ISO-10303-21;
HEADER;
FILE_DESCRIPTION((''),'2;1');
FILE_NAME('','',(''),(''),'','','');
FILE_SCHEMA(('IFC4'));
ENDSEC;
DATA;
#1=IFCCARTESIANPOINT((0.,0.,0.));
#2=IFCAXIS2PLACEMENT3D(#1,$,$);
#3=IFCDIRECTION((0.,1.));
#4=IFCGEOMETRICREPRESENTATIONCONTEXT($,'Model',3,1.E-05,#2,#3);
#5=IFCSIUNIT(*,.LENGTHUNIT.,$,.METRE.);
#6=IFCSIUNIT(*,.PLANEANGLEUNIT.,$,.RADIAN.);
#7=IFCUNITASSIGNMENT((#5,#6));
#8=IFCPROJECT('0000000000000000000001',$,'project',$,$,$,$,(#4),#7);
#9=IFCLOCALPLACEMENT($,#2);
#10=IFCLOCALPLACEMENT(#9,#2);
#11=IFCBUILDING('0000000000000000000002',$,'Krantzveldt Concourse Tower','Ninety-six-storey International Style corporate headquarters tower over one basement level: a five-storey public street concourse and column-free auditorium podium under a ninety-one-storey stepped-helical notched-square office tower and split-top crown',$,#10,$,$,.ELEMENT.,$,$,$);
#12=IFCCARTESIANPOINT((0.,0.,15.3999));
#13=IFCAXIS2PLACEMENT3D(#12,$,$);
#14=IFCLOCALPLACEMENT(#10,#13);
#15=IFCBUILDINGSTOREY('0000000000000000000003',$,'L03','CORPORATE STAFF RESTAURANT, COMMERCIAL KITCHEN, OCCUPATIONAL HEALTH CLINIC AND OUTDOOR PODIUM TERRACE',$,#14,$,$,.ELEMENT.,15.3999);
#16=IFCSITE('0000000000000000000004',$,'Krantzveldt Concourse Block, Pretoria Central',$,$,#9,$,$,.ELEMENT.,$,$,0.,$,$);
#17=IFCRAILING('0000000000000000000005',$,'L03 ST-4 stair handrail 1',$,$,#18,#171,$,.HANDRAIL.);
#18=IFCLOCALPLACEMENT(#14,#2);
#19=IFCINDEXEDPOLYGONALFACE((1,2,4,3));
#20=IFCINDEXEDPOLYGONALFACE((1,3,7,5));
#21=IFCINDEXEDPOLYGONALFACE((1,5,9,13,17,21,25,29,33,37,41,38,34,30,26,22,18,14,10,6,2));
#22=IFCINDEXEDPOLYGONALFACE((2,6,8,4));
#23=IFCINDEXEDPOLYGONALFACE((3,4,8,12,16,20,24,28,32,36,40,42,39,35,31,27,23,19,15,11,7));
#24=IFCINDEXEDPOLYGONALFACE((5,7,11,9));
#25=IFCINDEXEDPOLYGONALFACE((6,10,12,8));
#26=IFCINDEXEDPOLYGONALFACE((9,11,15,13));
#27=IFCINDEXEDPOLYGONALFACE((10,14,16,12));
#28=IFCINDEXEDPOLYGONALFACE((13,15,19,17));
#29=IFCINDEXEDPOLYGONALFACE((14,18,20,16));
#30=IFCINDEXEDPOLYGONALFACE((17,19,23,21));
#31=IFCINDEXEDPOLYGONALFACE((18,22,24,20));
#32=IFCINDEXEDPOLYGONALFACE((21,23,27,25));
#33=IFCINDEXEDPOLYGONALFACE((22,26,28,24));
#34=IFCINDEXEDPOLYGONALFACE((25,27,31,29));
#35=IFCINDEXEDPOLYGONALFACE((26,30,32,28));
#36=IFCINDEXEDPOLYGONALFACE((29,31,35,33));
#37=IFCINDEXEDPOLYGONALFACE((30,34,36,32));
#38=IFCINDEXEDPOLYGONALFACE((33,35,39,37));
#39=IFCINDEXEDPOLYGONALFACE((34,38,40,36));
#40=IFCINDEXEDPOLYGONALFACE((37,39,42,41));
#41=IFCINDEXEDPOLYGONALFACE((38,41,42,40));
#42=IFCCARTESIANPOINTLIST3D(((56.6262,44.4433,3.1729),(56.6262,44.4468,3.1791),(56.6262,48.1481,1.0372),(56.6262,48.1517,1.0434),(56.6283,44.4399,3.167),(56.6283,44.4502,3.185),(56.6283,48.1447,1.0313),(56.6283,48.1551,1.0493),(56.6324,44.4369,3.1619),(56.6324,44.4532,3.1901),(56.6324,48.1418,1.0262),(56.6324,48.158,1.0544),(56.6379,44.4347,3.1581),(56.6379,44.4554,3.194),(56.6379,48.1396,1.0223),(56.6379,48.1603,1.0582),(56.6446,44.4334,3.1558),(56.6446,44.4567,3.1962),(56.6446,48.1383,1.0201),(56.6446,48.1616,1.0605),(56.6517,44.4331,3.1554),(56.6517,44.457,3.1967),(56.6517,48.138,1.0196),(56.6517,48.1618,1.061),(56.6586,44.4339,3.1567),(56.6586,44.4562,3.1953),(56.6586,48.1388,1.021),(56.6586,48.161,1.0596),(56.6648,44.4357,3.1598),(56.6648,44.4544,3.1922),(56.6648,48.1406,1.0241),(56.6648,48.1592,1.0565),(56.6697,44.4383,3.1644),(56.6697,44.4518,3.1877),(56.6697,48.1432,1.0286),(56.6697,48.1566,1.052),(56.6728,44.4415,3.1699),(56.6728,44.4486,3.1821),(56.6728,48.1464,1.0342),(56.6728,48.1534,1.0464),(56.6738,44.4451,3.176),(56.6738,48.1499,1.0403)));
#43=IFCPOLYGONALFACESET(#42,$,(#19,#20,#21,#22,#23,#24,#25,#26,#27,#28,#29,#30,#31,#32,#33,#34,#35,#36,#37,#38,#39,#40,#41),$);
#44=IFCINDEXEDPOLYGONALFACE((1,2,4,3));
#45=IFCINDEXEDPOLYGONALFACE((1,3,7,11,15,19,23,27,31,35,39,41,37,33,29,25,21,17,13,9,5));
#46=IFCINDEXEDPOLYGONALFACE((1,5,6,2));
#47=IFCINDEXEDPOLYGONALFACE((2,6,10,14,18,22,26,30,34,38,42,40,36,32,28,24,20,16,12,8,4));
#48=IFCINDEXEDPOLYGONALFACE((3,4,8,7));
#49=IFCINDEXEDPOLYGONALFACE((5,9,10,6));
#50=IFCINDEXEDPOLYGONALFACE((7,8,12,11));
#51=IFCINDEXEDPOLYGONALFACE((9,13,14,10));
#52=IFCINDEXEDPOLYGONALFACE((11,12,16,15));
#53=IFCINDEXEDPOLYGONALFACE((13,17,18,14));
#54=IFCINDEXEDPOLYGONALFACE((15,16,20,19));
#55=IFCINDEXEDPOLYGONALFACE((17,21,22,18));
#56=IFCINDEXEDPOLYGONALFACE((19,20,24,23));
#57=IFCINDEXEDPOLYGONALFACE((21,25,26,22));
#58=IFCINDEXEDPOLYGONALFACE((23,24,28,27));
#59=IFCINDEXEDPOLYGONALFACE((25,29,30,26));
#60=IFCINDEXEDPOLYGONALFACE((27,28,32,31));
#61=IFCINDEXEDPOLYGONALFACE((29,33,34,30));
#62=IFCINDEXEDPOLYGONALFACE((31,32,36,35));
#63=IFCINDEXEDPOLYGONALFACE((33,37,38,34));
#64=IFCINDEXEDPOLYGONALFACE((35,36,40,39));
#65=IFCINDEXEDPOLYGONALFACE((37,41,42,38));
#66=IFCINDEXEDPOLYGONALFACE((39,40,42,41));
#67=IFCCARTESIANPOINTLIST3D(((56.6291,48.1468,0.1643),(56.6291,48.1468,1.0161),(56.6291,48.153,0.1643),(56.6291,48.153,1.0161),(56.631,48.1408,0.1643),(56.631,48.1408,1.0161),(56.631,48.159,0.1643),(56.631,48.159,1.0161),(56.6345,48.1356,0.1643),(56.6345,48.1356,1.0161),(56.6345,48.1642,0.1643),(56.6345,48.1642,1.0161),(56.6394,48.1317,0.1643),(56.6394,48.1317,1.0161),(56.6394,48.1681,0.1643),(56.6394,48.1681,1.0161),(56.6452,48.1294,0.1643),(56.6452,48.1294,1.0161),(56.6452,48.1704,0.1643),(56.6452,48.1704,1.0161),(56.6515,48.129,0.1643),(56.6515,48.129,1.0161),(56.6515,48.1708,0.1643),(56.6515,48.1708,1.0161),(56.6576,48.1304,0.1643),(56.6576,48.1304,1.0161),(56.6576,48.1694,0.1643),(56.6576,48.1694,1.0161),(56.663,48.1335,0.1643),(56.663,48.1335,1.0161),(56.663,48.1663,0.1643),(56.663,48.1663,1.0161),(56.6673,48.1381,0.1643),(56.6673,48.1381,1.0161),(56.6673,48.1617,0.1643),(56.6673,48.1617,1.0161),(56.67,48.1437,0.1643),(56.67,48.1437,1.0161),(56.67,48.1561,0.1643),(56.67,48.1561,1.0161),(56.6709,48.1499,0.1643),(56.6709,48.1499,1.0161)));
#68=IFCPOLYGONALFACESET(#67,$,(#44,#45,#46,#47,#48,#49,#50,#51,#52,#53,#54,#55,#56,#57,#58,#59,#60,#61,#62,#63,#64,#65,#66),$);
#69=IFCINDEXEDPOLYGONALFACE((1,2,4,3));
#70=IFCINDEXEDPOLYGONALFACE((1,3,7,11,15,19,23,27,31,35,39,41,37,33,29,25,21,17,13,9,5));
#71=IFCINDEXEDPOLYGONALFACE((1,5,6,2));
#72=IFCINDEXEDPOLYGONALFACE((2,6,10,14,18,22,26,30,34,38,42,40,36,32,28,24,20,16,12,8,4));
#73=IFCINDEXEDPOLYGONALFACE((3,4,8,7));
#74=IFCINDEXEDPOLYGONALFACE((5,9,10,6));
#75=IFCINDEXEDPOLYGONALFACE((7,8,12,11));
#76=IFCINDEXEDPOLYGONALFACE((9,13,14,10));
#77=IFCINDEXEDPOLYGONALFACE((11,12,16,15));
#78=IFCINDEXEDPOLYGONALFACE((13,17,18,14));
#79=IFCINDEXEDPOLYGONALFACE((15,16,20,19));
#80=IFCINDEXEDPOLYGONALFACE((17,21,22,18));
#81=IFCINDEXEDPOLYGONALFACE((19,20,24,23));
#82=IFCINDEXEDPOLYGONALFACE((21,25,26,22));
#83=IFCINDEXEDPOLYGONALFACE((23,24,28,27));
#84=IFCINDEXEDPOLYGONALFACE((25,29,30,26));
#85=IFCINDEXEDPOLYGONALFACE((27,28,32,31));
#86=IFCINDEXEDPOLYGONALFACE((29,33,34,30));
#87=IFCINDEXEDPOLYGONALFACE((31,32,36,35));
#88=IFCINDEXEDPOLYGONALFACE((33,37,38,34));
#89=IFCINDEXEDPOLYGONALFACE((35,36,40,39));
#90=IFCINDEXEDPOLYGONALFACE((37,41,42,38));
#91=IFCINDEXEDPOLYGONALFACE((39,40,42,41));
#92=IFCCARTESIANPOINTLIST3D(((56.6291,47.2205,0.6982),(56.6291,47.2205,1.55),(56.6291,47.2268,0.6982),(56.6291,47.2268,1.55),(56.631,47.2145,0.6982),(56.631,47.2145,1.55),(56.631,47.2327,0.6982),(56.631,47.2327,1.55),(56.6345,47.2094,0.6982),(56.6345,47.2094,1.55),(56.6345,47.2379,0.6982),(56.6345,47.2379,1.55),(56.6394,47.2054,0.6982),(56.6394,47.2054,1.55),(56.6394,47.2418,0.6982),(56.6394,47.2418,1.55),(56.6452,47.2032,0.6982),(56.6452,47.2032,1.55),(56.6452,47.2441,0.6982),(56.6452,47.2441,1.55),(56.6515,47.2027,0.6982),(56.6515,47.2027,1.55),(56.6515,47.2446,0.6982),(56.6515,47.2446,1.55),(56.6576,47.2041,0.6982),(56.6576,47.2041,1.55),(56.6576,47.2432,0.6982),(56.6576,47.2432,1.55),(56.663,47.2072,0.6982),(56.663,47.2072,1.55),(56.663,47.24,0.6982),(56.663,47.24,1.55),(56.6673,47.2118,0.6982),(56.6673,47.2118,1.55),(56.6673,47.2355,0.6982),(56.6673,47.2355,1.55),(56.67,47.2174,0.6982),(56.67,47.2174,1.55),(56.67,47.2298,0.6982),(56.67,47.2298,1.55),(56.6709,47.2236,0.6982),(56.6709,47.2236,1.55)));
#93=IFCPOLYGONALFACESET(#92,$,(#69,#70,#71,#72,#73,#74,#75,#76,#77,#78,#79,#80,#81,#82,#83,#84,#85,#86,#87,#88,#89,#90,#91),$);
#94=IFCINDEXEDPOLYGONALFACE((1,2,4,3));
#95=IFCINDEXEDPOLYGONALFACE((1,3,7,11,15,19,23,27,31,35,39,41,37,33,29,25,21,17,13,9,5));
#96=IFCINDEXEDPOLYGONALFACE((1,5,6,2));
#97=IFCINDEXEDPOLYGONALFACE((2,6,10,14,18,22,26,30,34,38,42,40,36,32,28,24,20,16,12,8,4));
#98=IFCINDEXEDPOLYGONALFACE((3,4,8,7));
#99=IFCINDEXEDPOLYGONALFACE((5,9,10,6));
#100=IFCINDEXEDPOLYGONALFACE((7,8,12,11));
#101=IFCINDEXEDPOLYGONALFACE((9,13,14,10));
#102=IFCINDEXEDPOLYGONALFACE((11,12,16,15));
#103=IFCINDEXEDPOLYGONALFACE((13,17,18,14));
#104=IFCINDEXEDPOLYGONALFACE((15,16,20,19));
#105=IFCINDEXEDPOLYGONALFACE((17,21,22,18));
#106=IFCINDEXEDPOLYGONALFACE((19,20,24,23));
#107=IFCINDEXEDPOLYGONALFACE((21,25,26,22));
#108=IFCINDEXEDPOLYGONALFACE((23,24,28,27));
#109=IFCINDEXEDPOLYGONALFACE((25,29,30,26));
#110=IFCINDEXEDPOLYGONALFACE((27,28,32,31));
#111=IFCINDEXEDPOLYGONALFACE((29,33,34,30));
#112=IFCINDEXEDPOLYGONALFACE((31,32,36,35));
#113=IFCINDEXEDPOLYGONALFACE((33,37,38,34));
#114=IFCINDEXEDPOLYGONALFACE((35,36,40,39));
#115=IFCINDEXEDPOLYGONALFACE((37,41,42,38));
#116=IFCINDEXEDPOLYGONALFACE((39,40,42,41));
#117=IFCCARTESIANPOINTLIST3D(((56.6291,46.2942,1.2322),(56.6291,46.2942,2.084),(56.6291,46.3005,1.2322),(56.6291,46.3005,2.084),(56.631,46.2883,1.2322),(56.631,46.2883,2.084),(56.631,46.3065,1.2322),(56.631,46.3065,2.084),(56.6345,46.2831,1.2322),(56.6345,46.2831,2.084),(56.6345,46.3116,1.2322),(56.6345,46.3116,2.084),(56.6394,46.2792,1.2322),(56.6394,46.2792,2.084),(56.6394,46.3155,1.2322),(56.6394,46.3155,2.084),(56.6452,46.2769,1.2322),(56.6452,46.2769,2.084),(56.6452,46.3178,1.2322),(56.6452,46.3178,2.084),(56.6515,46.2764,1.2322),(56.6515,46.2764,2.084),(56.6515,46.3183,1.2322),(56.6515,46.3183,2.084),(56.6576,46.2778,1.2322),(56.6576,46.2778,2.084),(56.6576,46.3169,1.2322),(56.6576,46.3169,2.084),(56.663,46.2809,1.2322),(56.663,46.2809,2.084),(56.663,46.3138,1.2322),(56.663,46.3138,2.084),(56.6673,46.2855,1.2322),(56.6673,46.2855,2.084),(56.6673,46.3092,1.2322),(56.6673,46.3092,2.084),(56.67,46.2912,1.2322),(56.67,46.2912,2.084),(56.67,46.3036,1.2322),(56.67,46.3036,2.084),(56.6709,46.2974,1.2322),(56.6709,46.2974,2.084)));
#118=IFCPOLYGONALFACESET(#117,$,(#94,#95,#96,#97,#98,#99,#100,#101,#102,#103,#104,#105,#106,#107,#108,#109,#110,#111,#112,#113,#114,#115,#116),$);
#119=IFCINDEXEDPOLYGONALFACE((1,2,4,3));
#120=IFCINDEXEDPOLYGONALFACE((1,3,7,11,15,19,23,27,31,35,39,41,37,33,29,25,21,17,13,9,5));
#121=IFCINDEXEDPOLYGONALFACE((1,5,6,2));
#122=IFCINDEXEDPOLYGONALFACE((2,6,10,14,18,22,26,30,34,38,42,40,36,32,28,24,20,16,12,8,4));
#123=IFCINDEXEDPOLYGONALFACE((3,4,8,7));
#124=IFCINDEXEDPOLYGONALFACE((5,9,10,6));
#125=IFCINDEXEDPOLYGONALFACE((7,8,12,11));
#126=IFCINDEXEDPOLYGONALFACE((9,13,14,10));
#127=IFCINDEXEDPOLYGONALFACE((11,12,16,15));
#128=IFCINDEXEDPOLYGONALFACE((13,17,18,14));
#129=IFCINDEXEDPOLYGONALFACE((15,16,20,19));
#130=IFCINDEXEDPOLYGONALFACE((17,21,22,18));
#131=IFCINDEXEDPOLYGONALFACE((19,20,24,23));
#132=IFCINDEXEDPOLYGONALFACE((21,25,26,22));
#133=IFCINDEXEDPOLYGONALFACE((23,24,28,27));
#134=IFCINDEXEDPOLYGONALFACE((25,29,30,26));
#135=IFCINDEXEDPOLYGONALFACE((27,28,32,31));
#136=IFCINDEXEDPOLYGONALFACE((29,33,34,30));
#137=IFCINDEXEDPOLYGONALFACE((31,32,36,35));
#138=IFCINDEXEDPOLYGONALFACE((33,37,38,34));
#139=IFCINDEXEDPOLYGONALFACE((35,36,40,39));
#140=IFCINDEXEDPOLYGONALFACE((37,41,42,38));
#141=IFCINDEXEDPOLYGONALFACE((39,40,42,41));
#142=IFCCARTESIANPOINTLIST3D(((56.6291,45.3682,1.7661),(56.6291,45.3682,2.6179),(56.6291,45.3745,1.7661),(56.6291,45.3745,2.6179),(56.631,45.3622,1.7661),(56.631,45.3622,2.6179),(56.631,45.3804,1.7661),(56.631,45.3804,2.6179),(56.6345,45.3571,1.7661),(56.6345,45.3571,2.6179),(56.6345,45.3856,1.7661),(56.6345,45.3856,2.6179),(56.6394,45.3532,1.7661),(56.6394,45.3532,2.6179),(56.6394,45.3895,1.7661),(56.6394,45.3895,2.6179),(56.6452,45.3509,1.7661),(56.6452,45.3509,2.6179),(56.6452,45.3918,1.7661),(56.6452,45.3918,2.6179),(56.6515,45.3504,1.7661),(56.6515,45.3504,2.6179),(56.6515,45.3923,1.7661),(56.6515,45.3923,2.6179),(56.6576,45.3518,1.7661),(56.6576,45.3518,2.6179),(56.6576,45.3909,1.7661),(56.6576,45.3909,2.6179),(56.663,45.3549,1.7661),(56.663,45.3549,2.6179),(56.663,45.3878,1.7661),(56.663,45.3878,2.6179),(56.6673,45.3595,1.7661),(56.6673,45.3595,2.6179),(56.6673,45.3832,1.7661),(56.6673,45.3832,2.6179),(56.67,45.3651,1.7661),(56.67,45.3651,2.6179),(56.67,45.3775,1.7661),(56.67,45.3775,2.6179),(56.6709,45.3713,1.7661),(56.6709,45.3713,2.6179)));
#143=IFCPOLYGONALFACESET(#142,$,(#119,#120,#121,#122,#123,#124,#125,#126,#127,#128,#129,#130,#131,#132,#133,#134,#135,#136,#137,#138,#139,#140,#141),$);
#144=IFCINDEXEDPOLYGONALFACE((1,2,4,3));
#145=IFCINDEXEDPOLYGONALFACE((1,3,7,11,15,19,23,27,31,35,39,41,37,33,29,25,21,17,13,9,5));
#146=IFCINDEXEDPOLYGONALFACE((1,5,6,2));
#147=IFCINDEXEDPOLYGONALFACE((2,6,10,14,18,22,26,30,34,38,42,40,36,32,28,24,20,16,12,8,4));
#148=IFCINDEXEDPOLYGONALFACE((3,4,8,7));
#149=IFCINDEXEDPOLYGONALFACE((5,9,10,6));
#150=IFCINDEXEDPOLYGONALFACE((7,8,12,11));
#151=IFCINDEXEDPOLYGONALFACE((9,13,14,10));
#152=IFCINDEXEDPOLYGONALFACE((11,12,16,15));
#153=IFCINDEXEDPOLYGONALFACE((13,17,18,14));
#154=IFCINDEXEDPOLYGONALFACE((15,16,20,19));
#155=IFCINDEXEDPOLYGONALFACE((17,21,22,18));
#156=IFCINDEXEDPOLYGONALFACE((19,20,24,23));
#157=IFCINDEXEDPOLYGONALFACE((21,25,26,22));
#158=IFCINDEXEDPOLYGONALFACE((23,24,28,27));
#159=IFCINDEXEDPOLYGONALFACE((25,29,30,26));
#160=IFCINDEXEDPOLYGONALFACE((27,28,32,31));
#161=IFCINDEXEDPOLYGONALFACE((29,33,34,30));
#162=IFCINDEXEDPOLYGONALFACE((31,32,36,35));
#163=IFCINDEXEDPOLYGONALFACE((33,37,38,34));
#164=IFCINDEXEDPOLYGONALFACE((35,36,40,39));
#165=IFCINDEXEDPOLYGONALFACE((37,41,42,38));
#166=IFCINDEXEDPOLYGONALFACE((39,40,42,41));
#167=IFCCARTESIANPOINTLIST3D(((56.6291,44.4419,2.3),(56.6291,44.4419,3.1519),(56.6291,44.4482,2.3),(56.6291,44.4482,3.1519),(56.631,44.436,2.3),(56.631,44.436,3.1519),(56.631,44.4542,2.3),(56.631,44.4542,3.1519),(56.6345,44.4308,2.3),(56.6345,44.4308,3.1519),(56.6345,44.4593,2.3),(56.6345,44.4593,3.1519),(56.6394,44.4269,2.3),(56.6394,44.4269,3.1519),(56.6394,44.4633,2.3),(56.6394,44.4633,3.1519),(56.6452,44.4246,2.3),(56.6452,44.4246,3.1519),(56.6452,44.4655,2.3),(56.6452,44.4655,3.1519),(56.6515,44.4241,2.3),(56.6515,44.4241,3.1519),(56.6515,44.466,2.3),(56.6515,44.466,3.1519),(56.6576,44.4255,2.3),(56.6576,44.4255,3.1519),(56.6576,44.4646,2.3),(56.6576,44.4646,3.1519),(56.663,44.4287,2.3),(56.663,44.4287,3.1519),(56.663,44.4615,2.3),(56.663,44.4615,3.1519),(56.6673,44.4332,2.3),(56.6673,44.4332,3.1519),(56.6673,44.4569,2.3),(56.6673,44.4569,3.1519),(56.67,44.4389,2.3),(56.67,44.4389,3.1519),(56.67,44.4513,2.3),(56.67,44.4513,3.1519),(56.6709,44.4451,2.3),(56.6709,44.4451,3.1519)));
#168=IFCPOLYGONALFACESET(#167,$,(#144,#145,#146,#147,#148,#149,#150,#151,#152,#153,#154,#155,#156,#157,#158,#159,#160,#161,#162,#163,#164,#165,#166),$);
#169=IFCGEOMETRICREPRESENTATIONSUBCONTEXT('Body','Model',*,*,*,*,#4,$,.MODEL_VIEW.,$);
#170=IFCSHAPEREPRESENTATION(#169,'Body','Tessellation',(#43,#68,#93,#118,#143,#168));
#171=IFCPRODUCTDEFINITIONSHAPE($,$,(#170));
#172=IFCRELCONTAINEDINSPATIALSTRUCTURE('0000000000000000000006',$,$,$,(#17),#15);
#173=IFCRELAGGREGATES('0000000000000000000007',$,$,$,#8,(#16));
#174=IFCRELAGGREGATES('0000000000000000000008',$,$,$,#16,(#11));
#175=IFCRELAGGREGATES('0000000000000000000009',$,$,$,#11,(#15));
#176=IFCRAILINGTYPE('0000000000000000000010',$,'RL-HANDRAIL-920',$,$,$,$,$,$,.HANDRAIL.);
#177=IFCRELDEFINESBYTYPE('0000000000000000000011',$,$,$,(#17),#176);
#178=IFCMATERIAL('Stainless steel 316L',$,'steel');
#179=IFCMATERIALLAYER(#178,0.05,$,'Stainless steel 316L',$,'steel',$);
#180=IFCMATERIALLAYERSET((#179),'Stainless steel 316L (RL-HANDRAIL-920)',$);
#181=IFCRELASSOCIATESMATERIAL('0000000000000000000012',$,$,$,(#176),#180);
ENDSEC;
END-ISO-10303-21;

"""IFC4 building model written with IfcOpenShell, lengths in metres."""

from ifc_helpers import new_model, si_unit, direction, frame, origin, origin_2d, place, context, subcontext, project, spatial, circle, extrude, material, layer, layer_set, type_object, element, save


model = new_model("IFC4")

# Units and contexts
model_context = context("Model", 3, precision=1e-05, world=origin(), true_north=direction((0.0, 1.0)))
body_context = subcontext(model_context, "Body", "Model", "MODEL_VIEW")
ifc_project = project(units=[si_unit("LENGTHUNIT", "METRE"), si_unit("PLANEANGLEUNIT", "RADIAN")], contexts=[model_context])

# Site, building, storey
site_placement = place(None, origin())
site = spatial("IfcSite", under=ifc_project, at=site_placement, Name="Krantzveldt Concourse Block, Pretoria Central", CompositionType="ELEMENT", RefElevation=0.0)
building_placement = place(site_placement, origin())
building = spatial("IfcBuilding", under=site, at=building_placement, Name="Krantzveldt Concourse Tower", Description="Ninety-six-storey International Style corporate headquarters tower over one basement level: a five-storey public street concourse and column-free auditorium podium under a ninety-one-storey stepped-helical notched-square office tower and split-top crown", CompositionType="ELEMENT")
storey_placement = place(building_placement, frame((0.0, 0.0, 15.3999)))
storey = spatial("IfcBuildingStorey", under=building, at=storey_placement, Name="L03", Description="CORPORATE STAFF RESTAURANT, COMMERCIAL KITCHEN, OCCUPATIONAL HEALTH CLINIC AND OUTDOOR PODIUM TERRACE", CompositionType="ELEMENT", Elevation=15.3999)

# Railing
ifc_material_1 = material(Name="Stainless steel 316L", Category="steel")
ifc_layer_1 = layer(ifc_material_1, 0.05, Name="Stainless steel 316L", Category="steel")
ifc_layer_set_1 = layer_set([ifc_layer_1], Name="Stainless steel 316L (RL-HANDRAIL-920)")
railing_type_1 = type_object("IfcRailingType", Name="RL-HANDRAIL-920", PredefinedType="HANDRAIL", material=ifc_layer_set_1)
railing_1_placement = place(storey_placement, frame((56.6499, 48.1499, 0.1643)))
element("IfcRailing", 1, at=railing_1_placement, inside=storey, type_object=railing_type_1, Name="L03 ST-4 stair handrail 1", PredefinedType="HANDRAIL", context=body_context, shape_type="SweptSolid", body=[
    extrude(circle(Radius=0.0239, at=origin_2d()), frame((0.0, 0.0, 0.876), z_axis=(0.0, -0.866354, 0.499431), x_axis=(1.0, 0.0, 0.0)), (0.0, 0.0, 1.0), 4.2764),
    extrude(circle(Radius=0.021, at=origin_2d()), origin(), (0.0, 0.0, 1.0), 0.8518),
    extrude(circle(Radius=0.021, at=origin_2d()), frame((0.0, -0.9263, 0.5339)), (0.0, 0.0, 1.0), 0.8518),
    extrude(circle(Radius=0.021, at=origin_2d()), frame((0.0, -1.8525, 1.0679)), (0.0, 0.0, 1.0), 0.8518),
    extrude(circle(Radius=0.021, at=origin_2d()), frame((0.0, -2.7786, 1.6018)), (0.0, 0.0, 1.0), 0.8518),
    extrude(circle(Radius=0.021, at=origin_2d()), frame((0.0, -3.7048, 2.1357)), (0.0, 0.0, 1.0), 0.8518),
])

save(model, "model.ifc")
